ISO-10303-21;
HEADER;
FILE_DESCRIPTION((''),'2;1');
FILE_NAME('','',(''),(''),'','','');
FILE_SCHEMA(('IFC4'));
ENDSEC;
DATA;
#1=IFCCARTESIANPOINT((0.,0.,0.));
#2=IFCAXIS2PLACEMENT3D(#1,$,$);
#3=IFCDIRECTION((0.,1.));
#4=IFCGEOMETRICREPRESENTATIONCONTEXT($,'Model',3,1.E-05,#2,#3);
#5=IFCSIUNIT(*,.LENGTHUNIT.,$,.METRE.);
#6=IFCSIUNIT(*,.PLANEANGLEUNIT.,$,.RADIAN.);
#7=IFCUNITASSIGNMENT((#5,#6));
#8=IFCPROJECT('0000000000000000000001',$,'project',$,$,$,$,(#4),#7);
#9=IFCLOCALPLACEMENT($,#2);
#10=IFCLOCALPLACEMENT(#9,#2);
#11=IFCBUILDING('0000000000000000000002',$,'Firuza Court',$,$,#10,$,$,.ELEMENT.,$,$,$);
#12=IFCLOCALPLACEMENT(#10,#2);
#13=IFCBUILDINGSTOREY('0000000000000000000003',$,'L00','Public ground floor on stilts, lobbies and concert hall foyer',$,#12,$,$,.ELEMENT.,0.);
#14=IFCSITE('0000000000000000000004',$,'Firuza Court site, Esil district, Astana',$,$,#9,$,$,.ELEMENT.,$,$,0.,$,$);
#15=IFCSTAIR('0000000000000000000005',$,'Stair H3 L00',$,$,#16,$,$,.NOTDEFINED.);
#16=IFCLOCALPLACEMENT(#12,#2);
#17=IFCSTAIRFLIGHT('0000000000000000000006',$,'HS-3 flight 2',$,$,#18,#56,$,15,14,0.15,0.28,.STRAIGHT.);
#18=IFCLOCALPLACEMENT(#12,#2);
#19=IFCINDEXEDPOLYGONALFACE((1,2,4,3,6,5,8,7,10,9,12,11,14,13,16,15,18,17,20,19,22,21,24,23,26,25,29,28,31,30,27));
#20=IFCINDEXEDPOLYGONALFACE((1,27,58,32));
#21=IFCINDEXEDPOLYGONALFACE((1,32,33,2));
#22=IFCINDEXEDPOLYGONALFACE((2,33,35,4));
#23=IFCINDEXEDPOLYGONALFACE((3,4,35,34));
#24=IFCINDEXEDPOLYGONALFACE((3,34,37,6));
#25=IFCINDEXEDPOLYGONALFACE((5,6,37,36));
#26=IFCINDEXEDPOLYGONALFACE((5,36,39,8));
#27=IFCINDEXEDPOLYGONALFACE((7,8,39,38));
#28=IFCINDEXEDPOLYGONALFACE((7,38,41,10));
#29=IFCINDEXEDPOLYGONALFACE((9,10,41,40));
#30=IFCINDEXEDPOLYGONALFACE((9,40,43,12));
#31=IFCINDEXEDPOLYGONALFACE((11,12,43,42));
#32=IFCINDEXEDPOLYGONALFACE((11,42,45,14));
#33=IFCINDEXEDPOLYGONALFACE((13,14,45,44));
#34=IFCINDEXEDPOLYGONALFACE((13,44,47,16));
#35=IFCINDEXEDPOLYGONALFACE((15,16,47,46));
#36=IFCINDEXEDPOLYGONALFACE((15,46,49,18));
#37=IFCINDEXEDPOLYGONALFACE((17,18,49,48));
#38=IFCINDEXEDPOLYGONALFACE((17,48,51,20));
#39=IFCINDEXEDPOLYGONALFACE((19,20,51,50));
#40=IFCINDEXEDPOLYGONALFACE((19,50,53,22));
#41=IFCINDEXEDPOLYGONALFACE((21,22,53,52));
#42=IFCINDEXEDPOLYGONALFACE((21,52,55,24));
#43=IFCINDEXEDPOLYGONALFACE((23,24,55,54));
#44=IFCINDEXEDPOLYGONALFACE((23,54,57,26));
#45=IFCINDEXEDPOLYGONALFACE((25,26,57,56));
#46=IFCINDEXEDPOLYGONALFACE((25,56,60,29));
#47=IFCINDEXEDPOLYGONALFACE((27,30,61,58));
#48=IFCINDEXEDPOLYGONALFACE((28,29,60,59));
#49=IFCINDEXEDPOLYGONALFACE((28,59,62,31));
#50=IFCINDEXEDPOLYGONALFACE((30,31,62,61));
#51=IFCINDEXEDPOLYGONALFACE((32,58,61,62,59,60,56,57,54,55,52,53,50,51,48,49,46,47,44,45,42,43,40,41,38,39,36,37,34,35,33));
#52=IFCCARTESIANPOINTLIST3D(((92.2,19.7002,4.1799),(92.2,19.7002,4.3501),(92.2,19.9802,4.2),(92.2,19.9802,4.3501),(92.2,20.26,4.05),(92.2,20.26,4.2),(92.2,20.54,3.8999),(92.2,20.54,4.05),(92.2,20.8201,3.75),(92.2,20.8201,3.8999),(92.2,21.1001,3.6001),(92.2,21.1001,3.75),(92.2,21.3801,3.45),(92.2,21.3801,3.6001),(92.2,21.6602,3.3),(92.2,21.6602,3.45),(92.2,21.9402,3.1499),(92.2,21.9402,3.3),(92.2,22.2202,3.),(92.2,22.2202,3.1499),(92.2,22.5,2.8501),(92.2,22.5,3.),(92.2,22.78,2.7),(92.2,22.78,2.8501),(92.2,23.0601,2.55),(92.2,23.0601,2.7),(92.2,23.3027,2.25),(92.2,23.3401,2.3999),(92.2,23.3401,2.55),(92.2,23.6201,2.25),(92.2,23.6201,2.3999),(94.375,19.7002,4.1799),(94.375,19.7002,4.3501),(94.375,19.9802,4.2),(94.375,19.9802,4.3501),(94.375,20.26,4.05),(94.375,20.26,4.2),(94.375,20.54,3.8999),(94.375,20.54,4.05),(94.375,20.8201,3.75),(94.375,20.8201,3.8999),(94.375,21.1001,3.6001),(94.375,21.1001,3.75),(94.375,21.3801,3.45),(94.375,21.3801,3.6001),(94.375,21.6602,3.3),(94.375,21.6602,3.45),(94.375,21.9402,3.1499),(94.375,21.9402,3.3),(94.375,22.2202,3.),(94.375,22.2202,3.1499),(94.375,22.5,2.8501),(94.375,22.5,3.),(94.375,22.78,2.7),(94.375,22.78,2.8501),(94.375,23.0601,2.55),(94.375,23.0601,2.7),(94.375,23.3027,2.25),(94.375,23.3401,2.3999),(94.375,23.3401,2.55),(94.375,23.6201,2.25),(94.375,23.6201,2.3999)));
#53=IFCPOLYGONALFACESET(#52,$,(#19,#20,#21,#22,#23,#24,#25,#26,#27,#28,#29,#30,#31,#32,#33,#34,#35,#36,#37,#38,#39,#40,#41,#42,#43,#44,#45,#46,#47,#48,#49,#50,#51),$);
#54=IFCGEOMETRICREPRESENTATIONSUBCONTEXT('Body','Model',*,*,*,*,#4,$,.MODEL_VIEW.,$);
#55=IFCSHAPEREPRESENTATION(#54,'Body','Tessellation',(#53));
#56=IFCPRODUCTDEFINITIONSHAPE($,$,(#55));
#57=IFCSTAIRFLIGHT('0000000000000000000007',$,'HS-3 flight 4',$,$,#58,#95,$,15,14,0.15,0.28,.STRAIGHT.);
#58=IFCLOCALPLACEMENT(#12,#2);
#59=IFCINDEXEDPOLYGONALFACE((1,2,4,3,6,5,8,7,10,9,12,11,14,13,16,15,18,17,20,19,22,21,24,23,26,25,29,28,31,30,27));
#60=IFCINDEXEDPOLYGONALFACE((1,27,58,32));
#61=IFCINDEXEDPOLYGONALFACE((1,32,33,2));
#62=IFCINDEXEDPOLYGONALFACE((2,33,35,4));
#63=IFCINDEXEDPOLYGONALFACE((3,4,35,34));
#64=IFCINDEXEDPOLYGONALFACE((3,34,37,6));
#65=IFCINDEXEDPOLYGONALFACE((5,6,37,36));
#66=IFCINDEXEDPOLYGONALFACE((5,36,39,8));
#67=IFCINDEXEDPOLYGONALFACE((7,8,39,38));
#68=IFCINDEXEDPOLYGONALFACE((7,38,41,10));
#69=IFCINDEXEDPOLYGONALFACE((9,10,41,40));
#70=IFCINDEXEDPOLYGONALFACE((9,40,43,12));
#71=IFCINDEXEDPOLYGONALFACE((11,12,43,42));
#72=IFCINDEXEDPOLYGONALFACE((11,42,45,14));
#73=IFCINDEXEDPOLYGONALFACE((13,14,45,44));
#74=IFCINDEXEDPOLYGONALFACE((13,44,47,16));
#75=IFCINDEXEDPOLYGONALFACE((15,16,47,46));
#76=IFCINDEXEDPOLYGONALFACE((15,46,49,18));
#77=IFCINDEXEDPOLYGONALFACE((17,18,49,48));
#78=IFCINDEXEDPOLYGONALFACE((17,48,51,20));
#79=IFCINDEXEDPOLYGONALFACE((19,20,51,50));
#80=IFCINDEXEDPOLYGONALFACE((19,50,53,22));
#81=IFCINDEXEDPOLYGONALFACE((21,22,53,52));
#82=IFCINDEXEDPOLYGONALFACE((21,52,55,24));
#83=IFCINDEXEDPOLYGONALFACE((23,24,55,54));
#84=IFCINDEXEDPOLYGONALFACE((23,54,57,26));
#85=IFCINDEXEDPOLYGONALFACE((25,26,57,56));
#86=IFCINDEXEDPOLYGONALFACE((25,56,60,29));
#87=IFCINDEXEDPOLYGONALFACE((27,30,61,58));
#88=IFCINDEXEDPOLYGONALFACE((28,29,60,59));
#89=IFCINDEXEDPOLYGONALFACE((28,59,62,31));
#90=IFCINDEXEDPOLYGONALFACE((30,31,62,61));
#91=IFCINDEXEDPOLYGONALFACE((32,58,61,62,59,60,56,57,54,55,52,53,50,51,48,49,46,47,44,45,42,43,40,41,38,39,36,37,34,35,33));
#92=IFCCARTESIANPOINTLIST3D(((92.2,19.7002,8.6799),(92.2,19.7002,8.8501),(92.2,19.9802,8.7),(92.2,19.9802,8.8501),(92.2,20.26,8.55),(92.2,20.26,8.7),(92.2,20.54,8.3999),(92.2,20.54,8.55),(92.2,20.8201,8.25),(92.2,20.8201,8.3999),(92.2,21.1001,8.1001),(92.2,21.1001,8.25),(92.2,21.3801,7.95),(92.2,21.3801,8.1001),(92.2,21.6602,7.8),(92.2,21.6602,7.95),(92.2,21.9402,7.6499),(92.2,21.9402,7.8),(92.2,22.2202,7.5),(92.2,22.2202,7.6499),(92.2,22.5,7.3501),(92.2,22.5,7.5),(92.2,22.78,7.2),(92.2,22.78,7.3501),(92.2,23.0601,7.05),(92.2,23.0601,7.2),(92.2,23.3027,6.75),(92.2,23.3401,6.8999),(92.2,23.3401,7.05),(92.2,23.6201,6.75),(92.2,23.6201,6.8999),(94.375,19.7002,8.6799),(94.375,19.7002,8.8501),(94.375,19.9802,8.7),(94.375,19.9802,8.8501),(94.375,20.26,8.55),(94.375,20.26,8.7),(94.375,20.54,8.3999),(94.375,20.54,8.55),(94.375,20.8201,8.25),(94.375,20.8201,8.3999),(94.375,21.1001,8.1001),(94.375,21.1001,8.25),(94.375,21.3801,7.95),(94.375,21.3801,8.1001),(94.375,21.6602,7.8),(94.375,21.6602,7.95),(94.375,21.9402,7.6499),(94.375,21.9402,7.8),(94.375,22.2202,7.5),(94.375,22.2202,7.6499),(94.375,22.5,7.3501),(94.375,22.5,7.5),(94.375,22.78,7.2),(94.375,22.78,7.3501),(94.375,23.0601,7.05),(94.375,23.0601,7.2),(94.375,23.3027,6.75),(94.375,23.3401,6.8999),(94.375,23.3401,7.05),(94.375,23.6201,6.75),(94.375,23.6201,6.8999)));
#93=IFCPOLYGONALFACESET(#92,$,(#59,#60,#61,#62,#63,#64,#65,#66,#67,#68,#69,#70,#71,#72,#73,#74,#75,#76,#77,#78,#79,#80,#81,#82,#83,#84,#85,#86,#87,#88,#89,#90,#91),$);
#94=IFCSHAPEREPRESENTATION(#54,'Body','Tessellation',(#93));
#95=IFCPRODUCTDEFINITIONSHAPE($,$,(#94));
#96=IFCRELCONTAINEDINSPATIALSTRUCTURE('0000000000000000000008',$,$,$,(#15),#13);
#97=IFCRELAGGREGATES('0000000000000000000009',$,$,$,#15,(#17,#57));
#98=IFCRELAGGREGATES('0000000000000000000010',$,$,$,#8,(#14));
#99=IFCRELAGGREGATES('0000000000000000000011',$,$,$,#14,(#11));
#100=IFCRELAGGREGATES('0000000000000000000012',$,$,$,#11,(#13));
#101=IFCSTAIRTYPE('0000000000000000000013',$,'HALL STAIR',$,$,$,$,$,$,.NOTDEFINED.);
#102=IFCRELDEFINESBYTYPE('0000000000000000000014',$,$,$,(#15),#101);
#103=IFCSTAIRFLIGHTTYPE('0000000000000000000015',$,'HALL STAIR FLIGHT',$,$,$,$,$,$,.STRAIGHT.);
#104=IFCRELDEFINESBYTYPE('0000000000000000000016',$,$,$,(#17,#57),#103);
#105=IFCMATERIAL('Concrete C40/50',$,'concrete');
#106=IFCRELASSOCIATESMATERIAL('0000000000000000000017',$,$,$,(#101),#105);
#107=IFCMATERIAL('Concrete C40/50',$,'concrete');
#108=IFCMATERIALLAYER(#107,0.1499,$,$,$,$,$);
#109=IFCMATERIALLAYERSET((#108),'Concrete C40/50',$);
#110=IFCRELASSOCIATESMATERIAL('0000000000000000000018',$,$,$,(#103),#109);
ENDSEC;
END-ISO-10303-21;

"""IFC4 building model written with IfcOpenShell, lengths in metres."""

from ifc_helpers import new_model, si_unit, direction, frame, origin, place, context, subcontext, project, spatial, polyline, outline, extrude, material, layer, layer_set, type_object, element, aggregate, save


model = new_model("IFC4")

# Units and contexts
model_context = context("Model", 3, precision=1e-05, world=origin(), true_north=direction((0.0, 1.0)))
body_context = subcontext(model_context, "Body", "Model", "MODEL_VIEW")
ifc_project = project(units=[si_unit("LENGTHUNIT", "METRE"), si_unit("PLANEANGLEUNIT", "RADIAN")], contexts=[model_context])

# Site, building, storey
site_placement = place(None, origin())
site = spatial("IfcSite", under=ifc_project, at=site_placement, Name="Firuza Court site, Esil district, Astana", CompositionType="ELEMENT", RefElevation=0.0)
building_placement = place(site_placement, origin())
building = spatial("IfcBuilding", under=site, at=building_placement, Name="Firuza Court", CompositionType="ELEMENT")
storey_placement = place(building_placement, origin())
storey = spatial("IfcBuildingStorey", under=building, at=storey_placement, Name="L00", Description="Public ground floor on stilts, lobbies and concert hall foyer", CompositionType="ELEMENT", Elevation=0.0)

# Shared definitions
ifc_material_1 = material(Name="Concrete C40/50", Category="concrete")

# Stair, stair flights
ifc_material_2 = material(Name="Concrete C40/50", Category="concrete")
stair_type = type_object("IfcStairType", Name="HALL STAIR", PredefinedType="NOTDEFINED", material=ifc_material_2)
stair_placement = place(storey_placement, origin())
stair = element("IfcStair", 1, at=stair_placement, inside=storey, type_object=stair_type, Name="Stair H3 L00", PredefinedType="NOTDEFINED")
ifc_layer_1 = layer(ifc_material_1, 0.1499)
ifc_layer_set_1 = layer_set([ifc_layer_1], Name="Concrete C40/50")
stair_flight_type = type_object("IfcStairFlightType", Name="HALL STAIR FLIGHT", PredefinedType="STRAIGHT", material=ifc_layer_set_1)
stair_flight_1_placement = place(storey_placement, frame((93.2876, 23.6201, 2.25), z_axis=(0.0, 0.0, 1.0), x_axis=(0.0, -1.0, 0.0)))
stair_flight_1 = element("IfcStairFlight", 2, at=stair_flight_1_placement, type_object=stair_flight_type, Name="HS-3 flight 2", NumberOfRisers=15, NumberOfTreads=14, PredefinedType="STRAIGHT", RiserHeight=0.15, TreadLength=0.28, context=body_context, shape_type="SweptSolid", body=[
    extrude(outline(polyline([(0.0, 0.0), (0.0, 0.1499), (0.28, 0.1499), (0.28, 0.3), (0.5601, 0.3), (0.5601, 0.45), (0.8401, 0.45), (0.8401, 0.6001), (1.1201, 0.6001), (1.1201, 0.75), (1.3999, 0.75), (1.3999, 0.8999), (1.6799, 0.8999), (1.6799, 1.05), (1.96, 1.05), (1.96, 1.2), (2.24, 1.2), (2.24, 1.3501), (2.52, 1.3501), (2.52, 1.5), (2.8, 1.5), (2.8, 1.6499), (3.0801, 1.6499), (3.0801, 1.8), (3.3601, 1.8), (3.3601, 1.95), (3.6399, 1.95), (3.6399, 2.1001), (3.9199, 2.1001), (3.9199, 2.25), (3.9199, 1.9299), (0.3174, 0.0), (0.0, 0.0)])), frame((0.0, 1.0874, 0.0), z_axis=(0.0, -1.0, 0.0), x_axis=(1.0, 0.0, 0.0)), (0.0, 0.0, 1.0), 2.175),
])
stair_flight_2_placement = place(storey_placement, frame((93.2876, 23.6201, 6.75), z_axis=(0.0, 0.0, 1.0), x_axis=(0.0, -1.0, 0.0)))
stair_flight_2 = element("IfcStairFlight", 3, at=stair_flight_2_placement, type_object=stair_flight_type, Name="HS-3 flight 4", NumberOfRisers=15, NumberOfTreads=14, PredefinedType="STRAIGHT", RiserHeight=0.15, TreadLength=0.28, context=body_context, shape_type="SweptSolid", body=[
    extrude(outline(polyline([(0.0, 0.0), (0.0, 0.1499), (0.28, 0.1499), (0.28, 0.3), (0.5601, 0.3), (0.5601, 0.45), (0.8401, 0.45), (0.8401, 0.6001), (1.1201, 0.6001), (1.1201, 0.75), (1.3999, 0.75), (1.3999, 0.8999), (1.6799, 0.8999), (1.6799, 1.05), (1.96, 1.05), (1.96, 1.2), (2.24, 1.2), (2.24, 1.3501), (2.52, 1.3501), (2.52, 1.5), (2.8, 1.5), (2.8, 1.6499), (3.0801, 1.6499), (3.0801, 1.8), (3.3601, 1.8), (3.3601, 1.95), (3.6399, 1.95), (3.6399, 2.1001), (3.9199, 2.1001), (3.9199, 2.25), (3.9199, 1.9299), (0.3174, 0.0), (0.0, 0.0)])), frame((0.0, 1.0874, 0.0), z_axis=(0.0, -1.0, 0.0), x_axis=(1.0, 0.0, 0.0)), (0.0, 0.0, 1.0), 2.175),
])
aggregate(stair, [stair_flight_1, stair_flight_2])

save(model, "model.ifc")
